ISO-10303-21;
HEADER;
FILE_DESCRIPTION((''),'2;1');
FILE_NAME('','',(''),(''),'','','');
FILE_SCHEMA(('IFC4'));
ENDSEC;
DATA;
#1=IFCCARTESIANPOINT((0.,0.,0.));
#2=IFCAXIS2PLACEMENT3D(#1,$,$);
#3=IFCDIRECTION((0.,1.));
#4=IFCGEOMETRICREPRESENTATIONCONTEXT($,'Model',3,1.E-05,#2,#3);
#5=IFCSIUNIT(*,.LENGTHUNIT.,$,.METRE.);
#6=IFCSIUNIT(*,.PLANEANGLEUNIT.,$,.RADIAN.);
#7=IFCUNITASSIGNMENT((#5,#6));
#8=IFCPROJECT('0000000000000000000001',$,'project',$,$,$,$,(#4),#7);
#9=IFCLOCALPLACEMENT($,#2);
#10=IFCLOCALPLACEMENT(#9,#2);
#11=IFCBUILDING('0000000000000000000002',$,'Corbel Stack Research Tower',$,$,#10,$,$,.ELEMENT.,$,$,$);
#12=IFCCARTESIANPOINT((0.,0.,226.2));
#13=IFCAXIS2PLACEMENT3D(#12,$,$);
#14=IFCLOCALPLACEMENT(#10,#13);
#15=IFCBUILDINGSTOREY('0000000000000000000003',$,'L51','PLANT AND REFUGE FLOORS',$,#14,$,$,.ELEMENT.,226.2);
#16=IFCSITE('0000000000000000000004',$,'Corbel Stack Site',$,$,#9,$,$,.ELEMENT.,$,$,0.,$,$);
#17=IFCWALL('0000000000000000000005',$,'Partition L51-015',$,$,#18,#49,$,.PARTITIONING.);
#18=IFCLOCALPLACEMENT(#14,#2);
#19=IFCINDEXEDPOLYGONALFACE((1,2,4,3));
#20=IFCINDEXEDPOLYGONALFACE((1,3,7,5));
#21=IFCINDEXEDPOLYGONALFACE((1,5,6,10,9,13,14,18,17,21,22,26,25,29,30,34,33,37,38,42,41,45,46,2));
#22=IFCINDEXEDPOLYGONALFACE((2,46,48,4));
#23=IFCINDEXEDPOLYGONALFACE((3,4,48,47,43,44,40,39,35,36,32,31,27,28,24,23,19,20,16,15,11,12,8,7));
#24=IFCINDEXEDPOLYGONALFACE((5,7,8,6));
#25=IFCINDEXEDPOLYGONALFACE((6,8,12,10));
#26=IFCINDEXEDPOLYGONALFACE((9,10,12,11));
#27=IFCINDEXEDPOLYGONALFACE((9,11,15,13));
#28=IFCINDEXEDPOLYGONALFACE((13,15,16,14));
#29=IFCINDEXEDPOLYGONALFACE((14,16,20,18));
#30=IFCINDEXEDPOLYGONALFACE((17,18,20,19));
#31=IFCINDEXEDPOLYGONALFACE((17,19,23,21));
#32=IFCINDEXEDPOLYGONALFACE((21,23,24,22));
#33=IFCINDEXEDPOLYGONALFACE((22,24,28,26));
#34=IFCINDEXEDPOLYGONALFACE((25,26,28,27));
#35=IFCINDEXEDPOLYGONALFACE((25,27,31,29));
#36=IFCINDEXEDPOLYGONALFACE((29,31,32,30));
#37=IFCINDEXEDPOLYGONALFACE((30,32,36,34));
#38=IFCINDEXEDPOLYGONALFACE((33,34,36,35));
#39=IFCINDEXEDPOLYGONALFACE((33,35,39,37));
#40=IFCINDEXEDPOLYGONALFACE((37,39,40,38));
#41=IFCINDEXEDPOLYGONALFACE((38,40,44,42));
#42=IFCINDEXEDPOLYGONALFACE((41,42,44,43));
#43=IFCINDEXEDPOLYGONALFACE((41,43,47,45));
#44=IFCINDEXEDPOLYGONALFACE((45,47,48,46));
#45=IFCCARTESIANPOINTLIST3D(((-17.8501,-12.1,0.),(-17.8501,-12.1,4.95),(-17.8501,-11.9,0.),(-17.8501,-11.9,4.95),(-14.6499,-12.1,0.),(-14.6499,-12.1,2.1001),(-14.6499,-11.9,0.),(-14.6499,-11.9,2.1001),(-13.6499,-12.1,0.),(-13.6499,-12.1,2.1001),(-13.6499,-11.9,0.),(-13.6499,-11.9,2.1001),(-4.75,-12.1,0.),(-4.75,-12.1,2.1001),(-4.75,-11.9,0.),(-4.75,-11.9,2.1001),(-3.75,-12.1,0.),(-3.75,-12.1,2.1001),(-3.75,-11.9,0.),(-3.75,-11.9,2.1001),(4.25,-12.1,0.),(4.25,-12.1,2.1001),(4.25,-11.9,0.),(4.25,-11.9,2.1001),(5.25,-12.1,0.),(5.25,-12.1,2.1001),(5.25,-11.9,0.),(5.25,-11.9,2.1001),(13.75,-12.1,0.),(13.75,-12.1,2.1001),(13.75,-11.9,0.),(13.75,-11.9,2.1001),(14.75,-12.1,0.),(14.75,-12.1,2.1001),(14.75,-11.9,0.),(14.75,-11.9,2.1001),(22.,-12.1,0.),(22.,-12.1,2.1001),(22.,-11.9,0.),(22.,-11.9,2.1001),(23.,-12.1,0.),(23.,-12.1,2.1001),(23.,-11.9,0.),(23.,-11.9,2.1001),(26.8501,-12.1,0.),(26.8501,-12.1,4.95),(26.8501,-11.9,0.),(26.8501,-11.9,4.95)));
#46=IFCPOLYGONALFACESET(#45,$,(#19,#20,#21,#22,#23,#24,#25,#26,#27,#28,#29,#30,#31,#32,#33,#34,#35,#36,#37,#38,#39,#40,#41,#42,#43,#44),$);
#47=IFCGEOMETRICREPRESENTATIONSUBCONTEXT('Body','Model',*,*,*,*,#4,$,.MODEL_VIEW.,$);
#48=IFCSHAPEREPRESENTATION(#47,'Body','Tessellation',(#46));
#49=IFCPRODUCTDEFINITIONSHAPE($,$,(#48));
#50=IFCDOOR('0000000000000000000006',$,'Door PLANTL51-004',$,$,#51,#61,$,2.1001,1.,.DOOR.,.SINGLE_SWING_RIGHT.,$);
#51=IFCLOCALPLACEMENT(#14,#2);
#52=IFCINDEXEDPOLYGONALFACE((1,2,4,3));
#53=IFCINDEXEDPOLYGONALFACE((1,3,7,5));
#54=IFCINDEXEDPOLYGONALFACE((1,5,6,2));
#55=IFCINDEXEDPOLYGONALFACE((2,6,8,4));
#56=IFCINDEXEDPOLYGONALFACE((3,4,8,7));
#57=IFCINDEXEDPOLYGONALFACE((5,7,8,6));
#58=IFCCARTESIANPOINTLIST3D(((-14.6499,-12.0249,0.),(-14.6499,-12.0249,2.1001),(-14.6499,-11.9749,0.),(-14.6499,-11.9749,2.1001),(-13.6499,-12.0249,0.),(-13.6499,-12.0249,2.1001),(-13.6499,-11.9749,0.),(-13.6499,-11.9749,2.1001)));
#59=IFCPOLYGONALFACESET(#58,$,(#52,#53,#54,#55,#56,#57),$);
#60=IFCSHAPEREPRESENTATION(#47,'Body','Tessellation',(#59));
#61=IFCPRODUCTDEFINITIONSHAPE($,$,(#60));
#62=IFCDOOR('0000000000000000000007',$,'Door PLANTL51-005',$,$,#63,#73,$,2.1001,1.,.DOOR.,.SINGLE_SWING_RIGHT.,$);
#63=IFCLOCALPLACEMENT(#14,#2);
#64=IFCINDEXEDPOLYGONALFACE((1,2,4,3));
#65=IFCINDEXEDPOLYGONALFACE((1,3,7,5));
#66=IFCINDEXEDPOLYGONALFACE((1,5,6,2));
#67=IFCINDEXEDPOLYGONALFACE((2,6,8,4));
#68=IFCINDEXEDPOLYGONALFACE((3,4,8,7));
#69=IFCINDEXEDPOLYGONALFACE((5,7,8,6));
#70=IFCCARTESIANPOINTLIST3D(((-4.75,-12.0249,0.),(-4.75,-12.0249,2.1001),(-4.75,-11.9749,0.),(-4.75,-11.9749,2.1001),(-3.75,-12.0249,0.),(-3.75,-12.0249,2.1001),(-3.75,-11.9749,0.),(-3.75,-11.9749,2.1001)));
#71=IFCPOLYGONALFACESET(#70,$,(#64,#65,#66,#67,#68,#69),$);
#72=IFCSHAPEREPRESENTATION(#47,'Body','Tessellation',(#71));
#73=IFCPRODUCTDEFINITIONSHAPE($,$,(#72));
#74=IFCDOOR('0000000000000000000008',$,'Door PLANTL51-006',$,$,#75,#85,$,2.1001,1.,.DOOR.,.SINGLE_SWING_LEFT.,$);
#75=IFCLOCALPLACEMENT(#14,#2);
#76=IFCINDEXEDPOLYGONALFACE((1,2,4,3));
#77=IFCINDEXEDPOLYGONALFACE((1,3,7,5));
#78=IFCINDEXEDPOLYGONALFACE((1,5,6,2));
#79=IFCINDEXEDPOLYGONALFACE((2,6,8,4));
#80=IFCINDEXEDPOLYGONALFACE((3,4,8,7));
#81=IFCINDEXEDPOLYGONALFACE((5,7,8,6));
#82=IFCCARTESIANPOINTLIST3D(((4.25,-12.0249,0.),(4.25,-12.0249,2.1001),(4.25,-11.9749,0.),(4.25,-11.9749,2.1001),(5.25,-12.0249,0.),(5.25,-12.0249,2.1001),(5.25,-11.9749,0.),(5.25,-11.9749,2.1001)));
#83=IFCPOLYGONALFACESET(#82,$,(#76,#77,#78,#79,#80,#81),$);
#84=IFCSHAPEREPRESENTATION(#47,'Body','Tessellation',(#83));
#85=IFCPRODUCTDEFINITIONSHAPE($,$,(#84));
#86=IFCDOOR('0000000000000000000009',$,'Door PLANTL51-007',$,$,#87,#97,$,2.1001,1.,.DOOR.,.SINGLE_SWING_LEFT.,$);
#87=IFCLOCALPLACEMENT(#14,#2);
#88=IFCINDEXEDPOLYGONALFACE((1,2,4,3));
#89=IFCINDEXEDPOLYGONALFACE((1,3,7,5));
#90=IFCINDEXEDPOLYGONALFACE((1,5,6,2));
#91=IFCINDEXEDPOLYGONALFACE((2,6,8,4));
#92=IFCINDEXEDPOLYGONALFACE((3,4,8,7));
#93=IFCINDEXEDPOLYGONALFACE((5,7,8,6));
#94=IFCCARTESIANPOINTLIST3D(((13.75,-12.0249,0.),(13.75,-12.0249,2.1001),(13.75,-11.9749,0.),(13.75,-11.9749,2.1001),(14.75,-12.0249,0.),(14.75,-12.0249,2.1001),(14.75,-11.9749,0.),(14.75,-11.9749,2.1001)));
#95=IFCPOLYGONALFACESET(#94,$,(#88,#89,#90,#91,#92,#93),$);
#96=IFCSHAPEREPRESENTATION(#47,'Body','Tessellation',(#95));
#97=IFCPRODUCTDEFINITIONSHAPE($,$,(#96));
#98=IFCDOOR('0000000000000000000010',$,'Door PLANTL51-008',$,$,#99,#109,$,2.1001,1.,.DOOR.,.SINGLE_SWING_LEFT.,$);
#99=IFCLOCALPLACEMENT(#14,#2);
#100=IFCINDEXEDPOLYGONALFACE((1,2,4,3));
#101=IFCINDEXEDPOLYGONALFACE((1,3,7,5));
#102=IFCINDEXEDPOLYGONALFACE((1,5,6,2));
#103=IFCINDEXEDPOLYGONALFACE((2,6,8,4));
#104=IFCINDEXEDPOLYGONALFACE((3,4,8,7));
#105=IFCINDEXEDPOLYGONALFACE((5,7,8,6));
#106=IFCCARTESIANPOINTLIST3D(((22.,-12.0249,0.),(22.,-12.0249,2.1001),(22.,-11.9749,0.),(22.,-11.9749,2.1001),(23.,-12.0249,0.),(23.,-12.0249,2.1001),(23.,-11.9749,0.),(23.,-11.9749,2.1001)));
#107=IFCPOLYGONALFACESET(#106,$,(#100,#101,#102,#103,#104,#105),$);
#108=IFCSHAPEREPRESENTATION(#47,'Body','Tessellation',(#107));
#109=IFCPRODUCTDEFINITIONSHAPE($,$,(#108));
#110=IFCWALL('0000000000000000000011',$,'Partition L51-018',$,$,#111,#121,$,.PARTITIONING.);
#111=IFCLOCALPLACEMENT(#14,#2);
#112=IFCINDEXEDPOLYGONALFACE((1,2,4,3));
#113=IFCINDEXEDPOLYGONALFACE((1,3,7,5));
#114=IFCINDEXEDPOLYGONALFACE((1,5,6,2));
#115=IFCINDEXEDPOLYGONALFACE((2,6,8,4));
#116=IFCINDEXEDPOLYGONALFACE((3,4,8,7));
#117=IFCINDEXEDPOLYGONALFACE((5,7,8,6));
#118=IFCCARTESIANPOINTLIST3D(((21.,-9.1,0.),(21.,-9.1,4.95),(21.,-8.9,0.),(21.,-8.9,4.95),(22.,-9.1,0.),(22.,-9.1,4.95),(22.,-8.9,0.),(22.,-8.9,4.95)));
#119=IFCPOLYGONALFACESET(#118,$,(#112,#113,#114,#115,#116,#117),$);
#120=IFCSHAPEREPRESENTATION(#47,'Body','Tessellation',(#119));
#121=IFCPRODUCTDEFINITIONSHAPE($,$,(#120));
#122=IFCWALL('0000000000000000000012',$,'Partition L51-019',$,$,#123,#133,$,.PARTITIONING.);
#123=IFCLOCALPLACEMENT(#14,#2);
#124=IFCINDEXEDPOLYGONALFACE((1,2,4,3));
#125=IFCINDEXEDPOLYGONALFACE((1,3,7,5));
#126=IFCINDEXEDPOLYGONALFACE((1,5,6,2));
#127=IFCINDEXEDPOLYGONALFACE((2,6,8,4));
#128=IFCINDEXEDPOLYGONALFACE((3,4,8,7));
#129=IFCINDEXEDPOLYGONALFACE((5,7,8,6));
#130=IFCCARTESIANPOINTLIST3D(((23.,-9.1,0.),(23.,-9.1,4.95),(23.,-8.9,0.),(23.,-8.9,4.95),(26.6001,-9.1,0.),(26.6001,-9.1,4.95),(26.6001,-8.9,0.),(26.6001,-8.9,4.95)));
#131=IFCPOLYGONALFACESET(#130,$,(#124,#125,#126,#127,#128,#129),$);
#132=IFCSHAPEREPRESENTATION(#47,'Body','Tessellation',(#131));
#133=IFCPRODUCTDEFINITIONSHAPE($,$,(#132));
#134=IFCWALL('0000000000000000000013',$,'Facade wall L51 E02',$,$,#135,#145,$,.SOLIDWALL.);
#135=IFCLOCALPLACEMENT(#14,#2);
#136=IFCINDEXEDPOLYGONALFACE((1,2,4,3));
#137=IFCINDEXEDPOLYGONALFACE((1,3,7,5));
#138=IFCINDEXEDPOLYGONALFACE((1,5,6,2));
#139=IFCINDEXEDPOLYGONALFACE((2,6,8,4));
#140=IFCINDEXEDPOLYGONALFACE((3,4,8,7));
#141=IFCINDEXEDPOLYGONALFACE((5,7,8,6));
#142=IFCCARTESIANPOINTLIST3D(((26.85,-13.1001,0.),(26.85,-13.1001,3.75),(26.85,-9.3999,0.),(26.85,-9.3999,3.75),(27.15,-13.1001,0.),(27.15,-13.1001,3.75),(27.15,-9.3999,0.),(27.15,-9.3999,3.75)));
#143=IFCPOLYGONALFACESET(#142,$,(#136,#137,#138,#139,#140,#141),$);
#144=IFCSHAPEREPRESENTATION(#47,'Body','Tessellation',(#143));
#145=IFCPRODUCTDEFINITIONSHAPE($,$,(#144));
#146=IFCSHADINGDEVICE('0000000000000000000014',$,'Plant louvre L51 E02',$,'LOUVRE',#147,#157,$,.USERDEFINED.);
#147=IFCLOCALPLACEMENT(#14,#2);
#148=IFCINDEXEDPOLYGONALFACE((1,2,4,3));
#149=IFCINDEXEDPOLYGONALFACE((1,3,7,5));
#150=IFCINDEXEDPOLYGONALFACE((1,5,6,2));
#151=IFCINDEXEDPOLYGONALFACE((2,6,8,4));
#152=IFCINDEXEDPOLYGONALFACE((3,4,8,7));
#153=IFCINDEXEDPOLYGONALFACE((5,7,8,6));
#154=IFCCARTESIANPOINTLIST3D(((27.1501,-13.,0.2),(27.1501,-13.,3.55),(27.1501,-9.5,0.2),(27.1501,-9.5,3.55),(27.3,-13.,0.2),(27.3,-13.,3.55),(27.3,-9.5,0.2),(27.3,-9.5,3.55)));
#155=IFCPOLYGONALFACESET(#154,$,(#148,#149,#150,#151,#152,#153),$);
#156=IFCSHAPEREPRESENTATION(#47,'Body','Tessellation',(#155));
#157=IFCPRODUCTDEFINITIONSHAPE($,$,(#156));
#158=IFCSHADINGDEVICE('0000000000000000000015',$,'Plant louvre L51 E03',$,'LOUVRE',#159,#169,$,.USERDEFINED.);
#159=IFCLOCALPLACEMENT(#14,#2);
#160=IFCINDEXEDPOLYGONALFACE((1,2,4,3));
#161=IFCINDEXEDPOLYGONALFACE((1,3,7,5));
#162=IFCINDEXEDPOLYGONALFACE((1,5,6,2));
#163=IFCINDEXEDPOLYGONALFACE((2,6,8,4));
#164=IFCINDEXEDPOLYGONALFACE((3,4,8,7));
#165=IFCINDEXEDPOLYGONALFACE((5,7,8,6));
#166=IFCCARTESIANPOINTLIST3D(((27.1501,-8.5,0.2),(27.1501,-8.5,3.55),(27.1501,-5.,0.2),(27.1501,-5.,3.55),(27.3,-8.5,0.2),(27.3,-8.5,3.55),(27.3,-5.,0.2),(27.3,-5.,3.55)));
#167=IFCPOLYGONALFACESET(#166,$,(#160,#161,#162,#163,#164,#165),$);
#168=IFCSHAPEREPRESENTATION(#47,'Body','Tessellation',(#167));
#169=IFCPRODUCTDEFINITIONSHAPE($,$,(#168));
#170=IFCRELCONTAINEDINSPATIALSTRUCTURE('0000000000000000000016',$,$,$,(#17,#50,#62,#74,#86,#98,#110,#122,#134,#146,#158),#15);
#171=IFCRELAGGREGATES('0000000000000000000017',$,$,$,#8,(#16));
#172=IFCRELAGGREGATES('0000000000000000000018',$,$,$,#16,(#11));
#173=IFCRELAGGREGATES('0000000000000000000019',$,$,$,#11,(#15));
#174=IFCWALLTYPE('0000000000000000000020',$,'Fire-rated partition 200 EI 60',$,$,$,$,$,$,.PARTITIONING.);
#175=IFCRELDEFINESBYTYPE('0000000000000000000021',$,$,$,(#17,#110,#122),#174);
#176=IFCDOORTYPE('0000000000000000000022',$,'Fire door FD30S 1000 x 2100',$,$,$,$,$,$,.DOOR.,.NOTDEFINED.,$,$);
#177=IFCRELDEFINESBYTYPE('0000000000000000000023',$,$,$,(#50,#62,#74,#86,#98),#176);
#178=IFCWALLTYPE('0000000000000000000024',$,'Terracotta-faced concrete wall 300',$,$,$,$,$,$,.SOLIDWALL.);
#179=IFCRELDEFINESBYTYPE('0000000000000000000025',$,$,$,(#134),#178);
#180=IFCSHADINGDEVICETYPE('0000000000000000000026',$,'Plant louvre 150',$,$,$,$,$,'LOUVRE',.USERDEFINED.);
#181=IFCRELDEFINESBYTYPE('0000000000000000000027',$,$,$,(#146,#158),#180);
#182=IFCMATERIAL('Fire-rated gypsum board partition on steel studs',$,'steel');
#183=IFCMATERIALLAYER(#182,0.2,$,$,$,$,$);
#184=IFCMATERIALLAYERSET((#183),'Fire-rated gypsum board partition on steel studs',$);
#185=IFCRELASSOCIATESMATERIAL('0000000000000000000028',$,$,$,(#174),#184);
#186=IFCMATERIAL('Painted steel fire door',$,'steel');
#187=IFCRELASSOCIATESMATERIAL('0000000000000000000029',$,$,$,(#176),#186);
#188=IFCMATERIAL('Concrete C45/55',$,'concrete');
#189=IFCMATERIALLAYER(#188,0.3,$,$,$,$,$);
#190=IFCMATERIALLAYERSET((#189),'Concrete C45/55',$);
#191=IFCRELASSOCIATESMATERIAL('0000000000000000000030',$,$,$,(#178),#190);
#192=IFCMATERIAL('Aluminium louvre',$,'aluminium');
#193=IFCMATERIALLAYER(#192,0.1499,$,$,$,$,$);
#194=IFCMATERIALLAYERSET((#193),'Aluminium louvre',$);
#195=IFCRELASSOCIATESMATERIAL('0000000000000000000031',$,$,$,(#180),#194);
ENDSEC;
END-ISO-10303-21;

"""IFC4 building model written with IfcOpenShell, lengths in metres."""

from ifc_helpers import new_model, si_unit, direction, frame, frame_2d, origin, origin_2d, place, context, subcontext, project, spatial, rectangle, extrude, material, layer, layer_set, type_object, element, fill, save


model = new_model("IFC4")

# Units and contexts
model_context = context("Model", 3, precision=1e-05, world=origin(), true_north=direction((0.0, 1.0)))
body_context = subcontext(model_context, "Body", "Model", "MODEL_VIEW")
ifc_project = project(units=[si_unit("LENGTHUNIT", "METRE"), si_unit("PLANEANGLEUNIT", "RADIAN")], contexts=[model_context])

# Site, building, storey
site_placement = place(None, origin())
site = spatial("IfcSite", under=ifc_project, at=site_placement, Name="Corbel Stack Site", CompositionType="ELEMENT", RefElevation=0.0)
building_placement = place(site_placement, origin())
building = spatial("IfcBuilding", under=site, at=building_placement, Name="Corbel Stack Research Tower", CompositionType="ELEMENT")
storey_placement = place(building_placement, frame((0.0, 0.0, 226.2)))
storey = spatial("IfcBuildingStorey", under=building, at=storey_placement, Name="L51", Description="PLANT AND REFUGE FLOORS", CompositionType="ELEMENT", Elevation=226.2)

# Wall, openings, doors
ifc_material_1 = material(Name="Fire-rated gypsum board partition on steel studs", Category="steel")
ifc_layer_1 = layer(ifc_material_1, 0.2)
ifc_layer_set_1 = layer_set([ifc_layer_1], Name="Fire-rated gypsum board partition on steel studs")
wall_type_1 = type_object("IfcWallType", Name="Fire-rated partition 200 EI 60", PredefinedType="PARTITIONING", material=ifc_layer_set_1)
wall_1_placement = place(storey_placement, frame((26.8501, -12.0, 0.0), z_axis=(0.0, 0.0, 1.0), x_axis=(-1.0, 0.0, 0.0)))
wall_1 = element("IfcWall", 1, at=wall_1_placement, inside=storey, type_object=wall_type_1, Name="Partition L51-015", PredefinedType="PARTITIONING", context=body_context, shape_type="SweptSolid", body=[
    extrude(rectangle(XDim=44.7002, YDim=0.2, at=frame_2d((22.3501, 0.0))), origin(), (0.0, 0.0, 1.0), 4.95),
])
opening_1_placement = place(wall_1_placement, frame((40.5, 0.0, 0.0)))
opening_1 = element("IfcOpeningElement", 2, at=opening_1_placement, cuts=wall_1, PredefinedType="OPENING", context=body_context, shape_type="SweptSolid", body=[
    extrude(rectangle(XDim=1.0, YDim=2.1001, at=frame_2d((0.5, 1.05))), frame((0.0, 0.1099, 0.0), z_axis=(0.0, -1.0, 0.0), x_axis=(1.0, 0.0, 0.0)), (0.0, 0.0, 1.0), 0.22),
])
opening_2_placement = place(wall_1_placement, frame((30.6001, 0.0, 0.0)))
opening_2 = element("IfcOpeningElement", 3, at=opening_2_placement, cuts=wall_1, PredefinedType="OPENING", context=body_context, shape_type="SweptSolid", body=[
    extrude(rectangle(XDim=1.0, YDim=2.1001, at=frame_2d((0.5, 1.05))), frame((0.0, 0.1099, 0.0), z_axis=(0.0, -1.0, 0.0), x_axis=(1.0, 0.0, 0.0)), (0.0, 0.0, 1.0), 0.22),
])
opening_3_placement = place(wall_1_placement, frame((21.6001, 0.0, 0.0)))
opening_3 = element("IfcOpeningElement", 4, at=opening_3_placement, cuts=wall_1, PredefinedType="OPENING", context=body_context, shape_type="SweptSolid", body=[
    extrude(rectangle(XDim=1.0, YDim=2.1001, at=frame_2d((0.5, 1.05))), frame((0.0, 0.1099, 0.0), z_axis=(0.0, -1.0, 0.0), x_axis=(1.0, 0.0, 0.0)), (0.0, 0.0, 1.0), 0.22),
])
opening_4_placement = place(wall_1_placement, frame((12.1001, 0.0, 0.0)))
opening_4 = element("IfcOpeningElement", 5, at=opening_4_placement, cuts=wall_1, PredefinedType="OPENING", context=body_context, shape_type="SweptSolid", body=[
    extrude(rectangle(XDim=1.0, YDim=2.1001, at=frame_2d((0.5, 1.05))), frame((0.0, 0.1099, 0.0), z_axis=(0.0, -1.0, 0.0), x_axis=(1.0, 0.0, 0.0)), (0.0, 0.0, 1.0), 0.22),
])
opening_5_placement = place(wall_1_placement, frame((3.8501, 0.0, 0.0)))
opening_5 = element("IfcOpeningElement", 6, at=opening_5_placement, cuts=wall_1, PredefinedType="OPENING", context=body_context, shape_type="SweptSolid", body=[
    extrude(rectangle(XDim=1.0, YDim=2.1001, at=frame_2d((0.5, 1.05))), frame((0.0, 0.1099, 0.0), z_axis=(0.0, -1.0, 0.0), x_axis=(1.0, 0.0, 0.0)), (0.0, 0.0, 1.0), 0.22),
])
ifc_material_2 = material(Name="Painted steel fire door", Category="steel")
door_type = type_object("IfcDoorType", Name="Fire door FD30S 1000 x 2100", OperationType="NOTDEFINED", PredefinedType="DOOR", material=ifc_material_2)
door_1_placement = place(opening_1_placement, origin())
door_1 = element("IfcDoor", 7, at=door_1_placement, inside=storey, type_object=door_type, Name="Door PLANTL51-004", OperationType="SINGLE_SWING_RIGHT", OverallHeight=2.1001, OverallWidth=1.0, PredefinedType="DOOR", context=body_context, shape_type="SweptSolid", body=[
    extrude(rectangle(XDim=1.0, YDim=2.1001, at=frame_2d((0.5, 1.05))), frame((0.0, 0.0249, 0.0), z_axis=(0.0, -1.0, 0.0), x_axis=(1.0, 0.0, 0.0)), (0.0, 0.0, 1.0), 0.05),
])
fill(opening_1, door_1)
door_2_placement = place(opening_2_placement, origin())
door_2 = element("IfcDoor", 8, at=door_2_placement, inside=storey, type_object=door_type, Name="Door PLANTL51-005", OperationType="SINGLE_SWING_RIGHT", OverallHeight=2.1001, OverallWidth=1.0, PredefinedType="DOOR", context=body_context, shape_type="SweptSolid", body=[
    extrude(rectangle(XDim=1.0, YDim=2.1001, at=frame_2d((0.5, 1.05))), frame((0.0, 0.0249, 0.0), z_axis=(0.0, -1.0, 0.0), x_axis=(1.0, 0.0, 0.0)), (0.0, 0.0, 1.0), 0.05),
])
fill(opening_2, door_2)
door_3_placement = place(opening_3_placement, origin())
door_3 = element("IfcDoor", 9, at=door_3_placement, inside=storey, type_object=door_type, Name="Door PLANTL51-006", OperationType="SINGLE_SWING_LEFT", OverallHeight=2.1001, OverallWidth=1.0, PredefinedType="DOOR", context=body_context, shape_type="SweptSolid", body=[
    extrude(rectangle(XDim=1.0, YDim=2.1001, at=frame_2d((0.5, 1.05))), frame((0.0, 0.0249, 0.0), z_axis=(0.0, -1.0, 0.0), x_axis=(1.0, 0.0, 0.0)), (0.0, 0.0, 1.0), 0.05),
])
fill(opening_3, door_3)
door_4_placement = place(opening_4_placement, origin())
door_4 = element("IfcDoor", 10, at=door_4_placement, inside=storey, type_object=door_type, Name="Door PLANTL51-007", OperationType="SINGLE_SWING_LEFT", OverallHeight=2.1001, OverallWidth=1.0, PredefinedType="DOOR", context=body_context, shape_type="SweptSolid", body=[
    extrude(rectangle(XDim=1.0, YDim=2.1001, at=frame_2d((0.5, 1.05))), frame((0.0, 0.0249, 0.0), z_axis=(0.0, -1.0, 0.0), x_axis=(1.0, 0.0, 0.0)), (0.0, 0.0, 1.0), 0.05),
])
fill(opening_4, door_4)
door_5_placement = place(opening_5_placement, origin())
door_5 = element("IfcDoor", 11, at=door_5_placement, inside=storey, type_object=door_type, Name="Door PLANTL51-008", OperationType="SINGLE_SWING_LEFT", OverallHeight=2.1001, OverallWidth=1.0, PredefinedType="DOOR", context=body_context, shape_type="SweptSolid", body=[
    extrude(rectangle(XDim=1.0, YDim=2.1001, at=frame_2d((0.5, 1.05))), frame((0.0, 0.0249, 0.0), z_axis=(0.0, -1.0, 0.0), x_axis=(1.0, 0.0, 0.0)), (0.0, 0.0, 1.0), 0.05),
])
fill(opening_5, door_5)

# Walls
wall_2_placement = place(storey_placement, frame((21.0, -9.0, 0.0), z_axis=(0.0, 0.0, 1.0), x_axis=(1.0, 0.0, 0.0)))
element("IfcWall", 12, at=wall_2_placement, inside=storey, type_object=wall_type_1, Name="Partition L51-018", PredefinedType="PARTITIONING", context=body_context, shape_type="SweptSolid", body=[
    extrude(rectangle(XDim=1.0, YDim=0.2, at=frame_2d((0.5, 0.0))), origin(), (0.0, 0.0, 1.0), 4.95),
])
wall_3_placement = place(storey_placement, frame((23.0, -9.0, 0.0), z_axis=(0.0, 0.0, 1.0), x_axis=(1.0, 0.0, 0.0)))
element("IfcWall", 13, at=wall_3_placement, inside=storey, type_object=wall_type_1, Name="Partition L51-019", PredefinedType="PARTITIONING", context=body_context, shape_type="SweptSolid", body=[
    extrude(rectangle(XDim=3.6001, YDim=0.2, at=frame_2d((1.8, 0.0))), origin(), (0.0, 0.0, 1.0), 4.95),
])
ifc_material_3 = material(Name="Concrete C45/55", Category="concrete")
ifc_layer_2 = layer(ifc_material_3, 0.3)
ifc_layer_set_2 = layer_set([ifc_layer_2], Name="Concrete C45/55")
wall_type_2 = type_object("IfcWallType", Name="Terracotta-faced concrete wall 300", PredefinedType="SOLIDWALL", material=ifc_layer_set_2)
wall_4_placement = place(storey_placement, frame((27.0, -9.3999, 0.0), z_axis=(0.0, 0.0, 1.0), x_axis=(0.0, -1.0, 0.0)))
element("IfcWall", 14, at=wall_4_placement, inside=storey, type_object=wall_type_2, Name="Facade wall L51 E02", PredefinedType="SOLIDWALL", context=body_context, shape_type="SweptSolid", body=[
    extrude(rectangle(XDim=3.7002, YDim=0.3, at=frame_2d((1.8501, 0.0))), origin(), (0.0, 0.0, 1.0), 3.75),
])

# Shading devices
ifc_material_4 = material(Name="Aluminium louvre", Category="aluminium")
ifc_layer_3 = layer(ifc_material_4, 0.1499)
ifc_layer_set_3 = layer_set([ifc_layer_3], Name="Aluminium louvre")
shading_device_type = type_object("IfcShadingDeviceType", Name="Plant louvre 150", ElementType="LOUVRE", PredefinedType="USERDEFINED", material=ifc_layer_set_3)
for number, where, z_axis, x_axis, name in (
    (15, (27.2251, -11.25, 0.2), (0.0, 0.0, 1.0), (0.0, 1.0, 0.0), "Plant louvre L51 E02"),
    (16, (27.2251, -6.75, 0.2), (0.0, 0.0, 1.0), (0.0, 1.0, 0.0), "Plant louvre L51 E03"),
):
    element("IfcShadingDevice", number, at=place(storey_placement, frame(where, z_axis=z_axis, x_axis=x_axis)), inside=storey, type_object=shading_device_type, Name=name, ObjectType="LOUVRE", PredefinedType="USERDEFINED", context=body_context, shape_type="SweptSolid", body=[
        extrude(rectangle(XDim=3.5, YDim=0.1499, at=origin_2d()), origin(), (0.0, 0.0, 1.0), 3.3501),
    ])

save(model, "model.ifc")
